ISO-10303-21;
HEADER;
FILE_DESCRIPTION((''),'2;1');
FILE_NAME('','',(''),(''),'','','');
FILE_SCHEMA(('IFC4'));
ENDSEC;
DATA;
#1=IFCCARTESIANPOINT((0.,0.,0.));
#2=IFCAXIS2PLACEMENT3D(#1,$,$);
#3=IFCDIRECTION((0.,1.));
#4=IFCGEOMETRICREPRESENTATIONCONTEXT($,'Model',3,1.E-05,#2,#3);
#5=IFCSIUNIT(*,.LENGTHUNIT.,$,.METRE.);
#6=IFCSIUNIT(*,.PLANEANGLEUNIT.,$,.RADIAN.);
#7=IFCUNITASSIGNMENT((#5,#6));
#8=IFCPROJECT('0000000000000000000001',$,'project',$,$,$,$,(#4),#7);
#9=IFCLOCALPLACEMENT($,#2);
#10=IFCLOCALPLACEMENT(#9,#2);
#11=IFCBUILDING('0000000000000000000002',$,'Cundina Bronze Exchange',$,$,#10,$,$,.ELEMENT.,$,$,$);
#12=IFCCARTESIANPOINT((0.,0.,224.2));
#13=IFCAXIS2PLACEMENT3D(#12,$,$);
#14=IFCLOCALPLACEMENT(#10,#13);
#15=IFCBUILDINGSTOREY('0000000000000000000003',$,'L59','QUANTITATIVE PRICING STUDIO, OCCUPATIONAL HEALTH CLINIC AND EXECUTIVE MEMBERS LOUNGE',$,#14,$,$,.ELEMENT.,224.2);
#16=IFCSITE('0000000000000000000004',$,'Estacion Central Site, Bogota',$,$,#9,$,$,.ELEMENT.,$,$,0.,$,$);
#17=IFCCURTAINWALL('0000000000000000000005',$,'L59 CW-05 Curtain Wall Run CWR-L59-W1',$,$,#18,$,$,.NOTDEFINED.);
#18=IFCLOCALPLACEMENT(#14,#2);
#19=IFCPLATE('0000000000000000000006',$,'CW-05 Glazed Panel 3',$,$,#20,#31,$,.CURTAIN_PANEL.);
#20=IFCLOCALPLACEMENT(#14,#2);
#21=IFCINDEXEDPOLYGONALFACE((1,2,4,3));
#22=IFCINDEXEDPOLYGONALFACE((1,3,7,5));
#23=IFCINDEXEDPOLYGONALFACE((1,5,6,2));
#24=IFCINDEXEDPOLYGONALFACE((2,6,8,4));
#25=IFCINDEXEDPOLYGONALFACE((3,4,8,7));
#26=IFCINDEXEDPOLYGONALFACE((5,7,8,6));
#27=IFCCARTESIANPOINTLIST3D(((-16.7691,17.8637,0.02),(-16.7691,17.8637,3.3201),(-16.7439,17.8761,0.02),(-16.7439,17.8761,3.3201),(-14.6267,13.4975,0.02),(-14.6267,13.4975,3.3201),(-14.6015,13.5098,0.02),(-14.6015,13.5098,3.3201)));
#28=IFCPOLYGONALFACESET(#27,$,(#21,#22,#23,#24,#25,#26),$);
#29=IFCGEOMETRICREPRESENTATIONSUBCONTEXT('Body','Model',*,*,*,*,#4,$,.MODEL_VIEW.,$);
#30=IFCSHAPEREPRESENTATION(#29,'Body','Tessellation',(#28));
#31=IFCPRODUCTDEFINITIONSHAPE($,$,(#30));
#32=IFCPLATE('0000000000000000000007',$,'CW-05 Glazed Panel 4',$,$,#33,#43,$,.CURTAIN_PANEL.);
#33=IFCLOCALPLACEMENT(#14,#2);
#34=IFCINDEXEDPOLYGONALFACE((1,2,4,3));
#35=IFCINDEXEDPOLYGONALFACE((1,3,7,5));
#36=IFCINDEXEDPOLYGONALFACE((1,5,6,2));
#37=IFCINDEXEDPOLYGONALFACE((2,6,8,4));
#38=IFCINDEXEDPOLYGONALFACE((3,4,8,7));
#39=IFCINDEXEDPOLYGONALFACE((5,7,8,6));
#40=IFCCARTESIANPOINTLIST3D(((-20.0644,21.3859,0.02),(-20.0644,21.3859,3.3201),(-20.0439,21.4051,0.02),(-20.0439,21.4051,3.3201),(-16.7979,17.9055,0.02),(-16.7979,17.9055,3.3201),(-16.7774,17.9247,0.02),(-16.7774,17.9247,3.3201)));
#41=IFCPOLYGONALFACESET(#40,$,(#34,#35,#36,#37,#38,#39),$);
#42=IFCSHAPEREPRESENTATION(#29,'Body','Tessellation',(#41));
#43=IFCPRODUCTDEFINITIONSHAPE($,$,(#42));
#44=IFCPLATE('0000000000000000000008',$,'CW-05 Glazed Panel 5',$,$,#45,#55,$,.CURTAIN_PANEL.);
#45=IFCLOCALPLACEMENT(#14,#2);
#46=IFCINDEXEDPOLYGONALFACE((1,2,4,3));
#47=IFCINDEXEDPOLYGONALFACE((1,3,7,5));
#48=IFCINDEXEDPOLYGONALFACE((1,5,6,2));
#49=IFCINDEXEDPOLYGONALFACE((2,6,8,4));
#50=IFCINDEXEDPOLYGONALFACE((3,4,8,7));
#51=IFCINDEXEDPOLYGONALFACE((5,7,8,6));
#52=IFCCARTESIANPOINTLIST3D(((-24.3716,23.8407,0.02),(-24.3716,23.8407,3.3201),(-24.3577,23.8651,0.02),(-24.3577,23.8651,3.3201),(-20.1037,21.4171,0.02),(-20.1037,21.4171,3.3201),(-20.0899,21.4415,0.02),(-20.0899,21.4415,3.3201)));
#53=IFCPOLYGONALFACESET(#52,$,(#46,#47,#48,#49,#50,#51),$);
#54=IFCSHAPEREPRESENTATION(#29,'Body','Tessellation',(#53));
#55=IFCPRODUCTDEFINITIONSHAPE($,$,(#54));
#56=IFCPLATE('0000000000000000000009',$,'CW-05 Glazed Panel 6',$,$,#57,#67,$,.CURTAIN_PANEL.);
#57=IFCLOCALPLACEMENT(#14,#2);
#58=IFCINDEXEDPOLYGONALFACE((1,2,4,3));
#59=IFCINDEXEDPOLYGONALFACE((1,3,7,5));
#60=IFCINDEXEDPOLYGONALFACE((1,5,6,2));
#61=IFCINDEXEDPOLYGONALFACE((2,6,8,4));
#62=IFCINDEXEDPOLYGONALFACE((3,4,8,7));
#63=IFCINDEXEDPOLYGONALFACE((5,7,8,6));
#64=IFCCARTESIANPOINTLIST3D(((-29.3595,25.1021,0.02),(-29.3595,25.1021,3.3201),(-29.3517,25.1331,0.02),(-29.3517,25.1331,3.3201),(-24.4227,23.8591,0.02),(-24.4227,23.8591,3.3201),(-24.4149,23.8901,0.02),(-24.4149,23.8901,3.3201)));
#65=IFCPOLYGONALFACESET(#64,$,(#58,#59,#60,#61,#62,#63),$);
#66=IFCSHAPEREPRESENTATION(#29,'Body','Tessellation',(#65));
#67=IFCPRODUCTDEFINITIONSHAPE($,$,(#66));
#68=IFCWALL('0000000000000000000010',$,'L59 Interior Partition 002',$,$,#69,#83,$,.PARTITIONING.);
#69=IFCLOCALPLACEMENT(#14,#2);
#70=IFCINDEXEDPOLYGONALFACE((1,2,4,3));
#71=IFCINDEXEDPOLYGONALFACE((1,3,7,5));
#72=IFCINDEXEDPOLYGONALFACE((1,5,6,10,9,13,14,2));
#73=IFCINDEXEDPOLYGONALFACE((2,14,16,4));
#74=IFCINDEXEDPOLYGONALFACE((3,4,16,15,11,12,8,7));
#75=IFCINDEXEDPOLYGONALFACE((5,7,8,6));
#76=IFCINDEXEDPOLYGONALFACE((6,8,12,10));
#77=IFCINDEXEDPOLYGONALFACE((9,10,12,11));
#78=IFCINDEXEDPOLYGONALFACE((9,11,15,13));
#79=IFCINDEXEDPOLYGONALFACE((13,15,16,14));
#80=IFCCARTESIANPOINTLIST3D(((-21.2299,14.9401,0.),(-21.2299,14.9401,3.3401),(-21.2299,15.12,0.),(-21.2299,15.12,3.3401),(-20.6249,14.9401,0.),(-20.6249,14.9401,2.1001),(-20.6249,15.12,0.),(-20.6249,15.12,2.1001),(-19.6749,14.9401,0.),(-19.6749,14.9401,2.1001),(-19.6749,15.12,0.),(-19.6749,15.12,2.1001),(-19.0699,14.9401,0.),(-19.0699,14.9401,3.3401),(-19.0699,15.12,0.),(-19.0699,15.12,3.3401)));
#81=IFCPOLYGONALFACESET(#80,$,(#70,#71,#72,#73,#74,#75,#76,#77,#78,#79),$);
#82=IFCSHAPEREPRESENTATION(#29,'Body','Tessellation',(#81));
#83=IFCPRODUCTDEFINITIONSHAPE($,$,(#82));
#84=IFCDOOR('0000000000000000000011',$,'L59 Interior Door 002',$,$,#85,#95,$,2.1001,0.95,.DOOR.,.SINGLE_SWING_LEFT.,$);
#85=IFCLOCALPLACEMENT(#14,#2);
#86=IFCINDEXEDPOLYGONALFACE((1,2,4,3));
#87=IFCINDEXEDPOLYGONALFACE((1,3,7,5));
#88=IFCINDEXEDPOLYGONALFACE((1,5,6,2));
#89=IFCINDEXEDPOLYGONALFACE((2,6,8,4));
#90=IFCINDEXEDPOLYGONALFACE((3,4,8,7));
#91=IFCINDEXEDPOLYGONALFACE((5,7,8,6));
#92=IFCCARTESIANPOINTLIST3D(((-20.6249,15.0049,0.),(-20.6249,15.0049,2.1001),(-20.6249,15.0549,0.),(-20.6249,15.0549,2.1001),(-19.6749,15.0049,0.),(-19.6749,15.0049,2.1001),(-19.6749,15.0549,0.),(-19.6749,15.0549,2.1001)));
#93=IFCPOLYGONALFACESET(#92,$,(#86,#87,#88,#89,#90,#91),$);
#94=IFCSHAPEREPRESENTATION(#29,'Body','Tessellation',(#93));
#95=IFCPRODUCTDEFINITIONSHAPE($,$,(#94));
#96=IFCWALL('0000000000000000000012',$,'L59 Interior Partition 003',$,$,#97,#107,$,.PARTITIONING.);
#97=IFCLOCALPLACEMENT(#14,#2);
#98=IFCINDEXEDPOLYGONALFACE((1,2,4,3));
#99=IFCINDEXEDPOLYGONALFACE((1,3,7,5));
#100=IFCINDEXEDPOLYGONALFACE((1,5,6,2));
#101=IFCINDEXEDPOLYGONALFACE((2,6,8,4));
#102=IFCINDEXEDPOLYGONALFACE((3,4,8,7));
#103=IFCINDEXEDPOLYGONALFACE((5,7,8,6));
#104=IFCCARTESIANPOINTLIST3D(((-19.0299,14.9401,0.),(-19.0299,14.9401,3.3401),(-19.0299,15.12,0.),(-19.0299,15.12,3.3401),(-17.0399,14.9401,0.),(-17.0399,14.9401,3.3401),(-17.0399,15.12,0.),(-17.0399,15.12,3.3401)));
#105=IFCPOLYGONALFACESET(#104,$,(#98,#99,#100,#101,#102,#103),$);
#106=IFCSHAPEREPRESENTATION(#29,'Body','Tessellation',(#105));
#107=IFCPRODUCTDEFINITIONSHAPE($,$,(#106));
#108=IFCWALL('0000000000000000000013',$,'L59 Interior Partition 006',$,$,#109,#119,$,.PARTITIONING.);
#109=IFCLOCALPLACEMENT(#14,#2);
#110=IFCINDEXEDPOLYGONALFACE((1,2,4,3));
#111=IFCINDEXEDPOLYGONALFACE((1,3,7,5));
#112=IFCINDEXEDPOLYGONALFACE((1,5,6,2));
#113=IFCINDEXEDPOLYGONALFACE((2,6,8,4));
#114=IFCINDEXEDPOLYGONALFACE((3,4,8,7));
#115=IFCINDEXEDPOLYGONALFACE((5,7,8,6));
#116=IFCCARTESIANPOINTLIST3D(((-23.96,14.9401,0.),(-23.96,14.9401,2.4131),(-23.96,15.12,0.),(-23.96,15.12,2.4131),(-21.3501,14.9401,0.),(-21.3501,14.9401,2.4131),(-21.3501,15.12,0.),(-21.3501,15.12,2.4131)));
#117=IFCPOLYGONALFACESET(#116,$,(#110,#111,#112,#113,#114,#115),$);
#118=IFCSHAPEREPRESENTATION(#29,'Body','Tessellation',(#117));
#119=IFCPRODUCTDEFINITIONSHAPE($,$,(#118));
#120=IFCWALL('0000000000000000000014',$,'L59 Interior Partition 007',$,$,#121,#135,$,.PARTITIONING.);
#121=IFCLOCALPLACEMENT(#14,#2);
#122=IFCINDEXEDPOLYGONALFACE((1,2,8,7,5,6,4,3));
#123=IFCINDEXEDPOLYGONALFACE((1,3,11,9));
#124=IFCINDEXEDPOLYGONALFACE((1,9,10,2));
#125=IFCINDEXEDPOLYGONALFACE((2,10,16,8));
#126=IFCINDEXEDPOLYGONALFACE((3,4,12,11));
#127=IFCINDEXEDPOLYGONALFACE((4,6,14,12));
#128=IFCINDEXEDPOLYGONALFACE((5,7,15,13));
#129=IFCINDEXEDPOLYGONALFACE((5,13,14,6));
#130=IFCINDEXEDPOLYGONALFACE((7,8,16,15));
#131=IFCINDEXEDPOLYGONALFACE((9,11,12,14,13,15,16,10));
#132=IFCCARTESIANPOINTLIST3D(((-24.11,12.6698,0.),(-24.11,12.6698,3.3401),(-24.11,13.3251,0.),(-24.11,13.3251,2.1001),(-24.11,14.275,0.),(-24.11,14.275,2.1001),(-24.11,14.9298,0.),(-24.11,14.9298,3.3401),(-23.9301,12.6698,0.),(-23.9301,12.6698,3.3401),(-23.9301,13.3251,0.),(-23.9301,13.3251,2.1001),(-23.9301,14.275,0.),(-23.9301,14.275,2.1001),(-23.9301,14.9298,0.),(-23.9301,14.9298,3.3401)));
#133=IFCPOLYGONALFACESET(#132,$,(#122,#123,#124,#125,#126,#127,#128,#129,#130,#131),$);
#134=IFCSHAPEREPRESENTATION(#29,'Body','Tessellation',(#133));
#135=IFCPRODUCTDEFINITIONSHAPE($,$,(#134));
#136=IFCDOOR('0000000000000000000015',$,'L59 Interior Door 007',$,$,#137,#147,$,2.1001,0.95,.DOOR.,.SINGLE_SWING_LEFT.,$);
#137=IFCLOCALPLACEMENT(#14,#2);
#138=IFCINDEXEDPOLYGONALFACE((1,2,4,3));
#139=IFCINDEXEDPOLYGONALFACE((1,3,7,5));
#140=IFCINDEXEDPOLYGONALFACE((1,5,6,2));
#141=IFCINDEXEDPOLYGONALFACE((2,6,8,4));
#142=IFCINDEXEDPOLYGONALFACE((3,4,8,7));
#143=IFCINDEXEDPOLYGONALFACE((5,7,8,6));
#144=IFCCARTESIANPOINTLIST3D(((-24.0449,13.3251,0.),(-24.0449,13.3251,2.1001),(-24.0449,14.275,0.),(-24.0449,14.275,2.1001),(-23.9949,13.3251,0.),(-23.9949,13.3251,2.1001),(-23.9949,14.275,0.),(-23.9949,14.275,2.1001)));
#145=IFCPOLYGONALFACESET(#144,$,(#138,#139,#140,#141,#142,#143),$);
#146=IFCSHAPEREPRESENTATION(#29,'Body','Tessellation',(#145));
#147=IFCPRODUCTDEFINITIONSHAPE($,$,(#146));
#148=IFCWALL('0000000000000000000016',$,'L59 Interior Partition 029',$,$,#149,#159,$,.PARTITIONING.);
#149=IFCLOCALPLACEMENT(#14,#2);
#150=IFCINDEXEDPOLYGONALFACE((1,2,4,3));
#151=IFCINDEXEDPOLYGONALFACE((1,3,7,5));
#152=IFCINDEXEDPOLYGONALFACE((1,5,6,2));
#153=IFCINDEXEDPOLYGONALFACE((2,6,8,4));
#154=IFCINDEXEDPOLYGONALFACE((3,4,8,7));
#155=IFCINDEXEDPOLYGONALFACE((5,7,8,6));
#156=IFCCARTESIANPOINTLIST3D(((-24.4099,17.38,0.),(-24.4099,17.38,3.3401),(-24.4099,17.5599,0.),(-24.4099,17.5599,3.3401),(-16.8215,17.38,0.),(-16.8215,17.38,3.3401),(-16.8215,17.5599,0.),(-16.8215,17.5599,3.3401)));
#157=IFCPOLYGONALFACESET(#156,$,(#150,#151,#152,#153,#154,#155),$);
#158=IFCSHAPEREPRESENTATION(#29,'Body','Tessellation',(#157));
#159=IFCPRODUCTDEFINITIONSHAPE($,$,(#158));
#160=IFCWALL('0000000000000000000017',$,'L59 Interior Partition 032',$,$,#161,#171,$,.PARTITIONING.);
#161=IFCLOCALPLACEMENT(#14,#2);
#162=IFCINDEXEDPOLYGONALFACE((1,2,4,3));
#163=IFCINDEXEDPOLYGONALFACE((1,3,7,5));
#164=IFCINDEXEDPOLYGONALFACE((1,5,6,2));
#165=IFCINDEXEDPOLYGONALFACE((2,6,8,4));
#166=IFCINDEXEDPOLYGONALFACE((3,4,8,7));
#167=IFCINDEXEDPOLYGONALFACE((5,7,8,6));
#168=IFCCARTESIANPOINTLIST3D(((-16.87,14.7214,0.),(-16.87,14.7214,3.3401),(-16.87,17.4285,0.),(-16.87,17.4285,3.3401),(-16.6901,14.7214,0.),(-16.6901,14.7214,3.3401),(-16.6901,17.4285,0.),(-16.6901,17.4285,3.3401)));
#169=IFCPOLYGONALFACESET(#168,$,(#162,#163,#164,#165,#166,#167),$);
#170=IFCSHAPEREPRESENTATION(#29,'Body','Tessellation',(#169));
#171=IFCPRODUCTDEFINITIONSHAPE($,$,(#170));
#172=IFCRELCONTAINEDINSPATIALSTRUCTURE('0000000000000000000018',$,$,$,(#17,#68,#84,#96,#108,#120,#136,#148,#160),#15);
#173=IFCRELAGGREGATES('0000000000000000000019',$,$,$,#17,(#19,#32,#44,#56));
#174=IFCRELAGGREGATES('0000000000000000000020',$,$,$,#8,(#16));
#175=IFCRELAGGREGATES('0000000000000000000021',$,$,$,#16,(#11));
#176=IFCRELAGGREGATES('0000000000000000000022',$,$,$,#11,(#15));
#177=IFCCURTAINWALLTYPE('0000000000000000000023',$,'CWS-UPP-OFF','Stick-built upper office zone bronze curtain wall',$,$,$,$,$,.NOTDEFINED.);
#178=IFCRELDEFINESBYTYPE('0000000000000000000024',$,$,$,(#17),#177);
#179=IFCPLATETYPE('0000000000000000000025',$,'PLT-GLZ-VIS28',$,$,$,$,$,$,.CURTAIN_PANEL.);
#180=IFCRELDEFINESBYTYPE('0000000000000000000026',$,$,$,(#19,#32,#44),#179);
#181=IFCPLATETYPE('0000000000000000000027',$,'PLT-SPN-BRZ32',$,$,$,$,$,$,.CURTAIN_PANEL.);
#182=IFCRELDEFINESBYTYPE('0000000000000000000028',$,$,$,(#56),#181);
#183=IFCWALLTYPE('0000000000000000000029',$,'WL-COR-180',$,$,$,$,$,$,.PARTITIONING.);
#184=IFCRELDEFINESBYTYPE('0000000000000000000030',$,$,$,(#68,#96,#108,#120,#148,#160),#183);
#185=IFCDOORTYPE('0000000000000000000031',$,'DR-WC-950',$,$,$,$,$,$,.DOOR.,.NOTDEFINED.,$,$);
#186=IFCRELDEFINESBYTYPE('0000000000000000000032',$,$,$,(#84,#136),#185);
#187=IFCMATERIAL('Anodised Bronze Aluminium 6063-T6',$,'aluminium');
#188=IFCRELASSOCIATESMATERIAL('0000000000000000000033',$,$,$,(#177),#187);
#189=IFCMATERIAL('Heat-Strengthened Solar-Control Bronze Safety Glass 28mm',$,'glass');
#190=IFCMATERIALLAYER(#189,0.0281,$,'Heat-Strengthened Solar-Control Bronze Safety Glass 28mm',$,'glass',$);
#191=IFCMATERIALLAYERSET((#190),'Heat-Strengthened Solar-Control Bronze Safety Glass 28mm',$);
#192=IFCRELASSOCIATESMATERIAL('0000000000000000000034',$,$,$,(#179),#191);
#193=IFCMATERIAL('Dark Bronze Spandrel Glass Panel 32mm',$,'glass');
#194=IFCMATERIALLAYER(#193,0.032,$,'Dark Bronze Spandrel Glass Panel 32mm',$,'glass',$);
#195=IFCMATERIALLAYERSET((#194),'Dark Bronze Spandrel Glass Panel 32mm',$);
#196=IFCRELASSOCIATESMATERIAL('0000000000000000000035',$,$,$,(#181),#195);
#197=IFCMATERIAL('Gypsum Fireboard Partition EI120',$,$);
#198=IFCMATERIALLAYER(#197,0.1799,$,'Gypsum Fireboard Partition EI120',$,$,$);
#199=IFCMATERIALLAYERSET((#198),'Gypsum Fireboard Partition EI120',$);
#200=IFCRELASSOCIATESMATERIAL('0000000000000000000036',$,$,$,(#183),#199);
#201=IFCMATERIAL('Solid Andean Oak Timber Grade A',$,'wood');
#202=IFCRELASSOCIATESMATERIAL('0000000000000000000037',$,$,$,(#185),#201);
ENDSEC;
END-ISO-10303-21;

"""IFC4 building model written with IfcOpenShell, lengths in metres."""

from ifc_helpers import new_model, si_unit, direction, frame, frame_2d, origin, origin_2d, place, context, subcontext, project, spatial, rectangle, extrude, material, layer, layer_set, type_object, element, fill, aggregate, save


model = new_model("IFC4")

# Units and contexts
model_context = context("Model", 3, precision=1e-05, world=origin(), true_north=direction((0.0, 1.0)))
body_context = subcontext(model_context, "Body", "Model", "MODEL_VIEW")
ifc_project = project(units=[si_unit("LENGTHUNIT", "METRE"), si_unit("PLANEANGLEUNIT", "RADIAN")], contexts=[model_context])

# Site, building, storey
site_placement = place(None, origin())
site = spatial("IfcSite", under=ifc_project, at=site_placement, Name="Estacion Central Site, Bogota", CompositionType="ELEMENT", RefElevation=0.0)
building_placement = place(site_placement, origin())
building = spatial("IfcBuilding", under=site, at=building_placement, Name="Cundina Bronze Exchange", CompositionType="ELEMENT")
storey_placement = place(building_placement, frame((0.0, 0.0, 224.2)))
storey = spatial("IfcBuildingStorey", under=building, at=storey_placement, Name="L59", Description="QUANTITATIVE PRICING STUDIO, OCCUPATIONAL HEALTH CLINIC AND EXECUTIVE MEMBERS LOUNGE", CompositionType="ELEMENT", Elevation=224.2)

# Curtain wall, plates
ifc_material_1 = material(Name="Anodised Bronze Aluminium 6063-T6", Category="aluminium")
curtain_wall_type = type_object("IfcCurtainWallType", Name="CWS-UPP-OFF", Description="Stick-built upper office zone bronze curtain wall", PredefinedType="NOTDEFINED", material=ifc_material_1)
curtain_wall_placement = place(storey_placement, origin())
curtain_wall = element("IfcCurtainWall", 1, at=curtain_wall_placement, inside=storey, type_object=curtain_wall_type, Name="L59 CW-05 Curtain Wall Run CWR-L59-W1", PredefinedType="NOTDEFINED")
ifc_material_2 = material(Name="Heat-Strengthened Solar-Control Bronze Safety Glass 28mm", Category="glass")
ifc_layer_1 = layer(ifc_material_2, 0.0281, Name="Heat-Strengthened Solar-Control Bronze Safety Glass 28mm", Category="glass")
ifc_layer_set_1 = layer_set([ifc_layer_1], Name="Heat-Strengthened Solar-Control Bronze Safety Glass 28mm")
plate_type_1 = type_object("IfcPlateType", Name="PLT-GLZ-VIS28", PredefinedType="CURTAIN_PANEL", material=ifc_layer_set_1)
plate_1_placement = place(storey_placement, frame((-15.6853, 15.6868, 0.02), z_axis=(0.0, 0.0, 1.0), x_axis=(-0.440503, 0.897751, 0.0)))
plate_1 = element("IfcPlate", 2, at=plate_1_placement, type_object=plate_type_1, Name="CW-05 Glazed Panel 3", PredefinedType="CURTAIN_PANEL", context=body_context, shape_type="SweptSolid", body=[
    extrude(rectangle(XDim=4.8635, YDim=0.0281, at=origin_2d()), origin(), (0.0, 0.0, 1.0), 3.3),
])
plate_2_placement = place(storey_placement, frame((-18.4209, 19.6553, 0.02), z_axis=(0.0, 0.0, 1.0), x_axis=(-0.684344, 0.72916, 0.0)))
plate_2 = element("IfcPlate", 3, at=plate_2_placement, type_object=plate_type_1, Name="CW-05 Glazed Panel 4", PredefinedType="CURTAIN_PANEL", context=body_context, shape_type="SweptSolid", body=[
    extrude(rectangle(XDim=4.7732, YDim=0.0281, at=origin_2d()), origin(), (0.0, 0.0, 1.0), 3.3),
])
plate_3_placement = place(storey_placement, frame((-22.2307, 22.6411, 0.02), z_axis=(0.0, 0.0, 1.0), x_axis=(-0.869573, 0.493805, 0.0)))
plate_3 = element("IfcPlate", 4, at=plate_3_placement, type_object=plate_type_1, Name="CW-05 Glazed Panel 5", PredefinedType="CURTAIN_PANEL", context=body_context, shape_type="SweptSolid", body=[
    extrude(rectangle(XDim=4.908, YDim=0.0281, at=origin_2d()), origin(), (0.0, 0.0, 1.0), 3.3),
])
ifc_material_3 = material(Name="Dark Bronze Spandrel Glass Panel 32mm", Category="glass")
ifc_layer_2 = layer(ifc_material_3, 0.032, Name="Dark Bronze Spandrel Glass Panel 32mm", Category="glass")
ifc_layer_set_2 = layer_set([ifc_layer_2], Name="Dark Bronze Spandrel Glass Panel 32mm")
plate_type_2 = type_object("IfcPlateType", Name="PLT-SPN-BRZ32", PredefinedType="CURTAIN_PANEL", material=ifc_layer_set_2)
plate_4_placement = place(storey_placement, frame((-26.8872, 24.4961, 0.02), z_axis=(0.0, 0.0, 1.0), x_axis=(-0.969732, 0.244174, 0.0)))
plate_4 = element("IfcPlate", 5, at=plate_4_placement, type_object=plate_type_2, Name="CW-05 Glazed Panel 6", PredefinedType="CURTAIN_PANEL", context=body_context, shape_type="SweptSolid", body=[
    extrude(rectangle(XDim=5.0908, YDim=0.032, at=origin_2d()), origin(), (0.0, 0.0, 1.0), 3.3),
])
aggregate(curtain_wall, [plate_1, plate_2, plate_3, plate_4])

# Wall, opening, door
ifc_material_4 = material(Name="Gypsum Fireboard Partition EI120")
ifc_layer_3 = layer(ifc_material_4, 0.1799, Name="Gypsum Fireboard Partition EI120")
ifc_layer_set_3 = layer_set([ifc_layer_3], Name="Gypsum Fireboard Partition EI120")
wall_type_1 = type_object("IfcWallType", Name="WL-COR-180", PredefinedType="PARTITIONING", material=ifc_layer_set_3)
wall_1_placement = place(storey_placement, frame((-21.23, 15.03, 0.0), z_axis=(0.0, 0.0, 1.0), x_axis=(1.0, 0.0, 0.0)))
wall_1 = element("IfcWall", 6, at=wall_1_placement, inside=storey, type_object=wall_type_1, Name="L59 Interior Partition 002", PredefinedType="PARTITIONING", context=body_context, shape_type="SweptSolid", body=[
    extrude(rectangle(XDim=2.1599, YDim=0.1799, at=frame_2d((1.0801, 0.0))), origin(), (0.0, 0.0, 1.0), 3.3401),
])
opening_1_placement = place(wall_1_placement, frame((0.605, 0.0, 0.0)))
opening_1 = element("IfcOpeningElement", 7, at=opening_1_placement, cuts=wall_1, PredefinedType="OPENING", context=body_context, shape_type="SweptSolid", body=[
    extrude(rectangle(XDim=0.95, YDim=2.1001, at=frame_2d((0.4751, 1.05))), frame((0.0, 0.0999, 0.0), z_axis=(0.0, -1.0, 0.0), x_axis=(1.0, 0.0, 0.0)), (0.0, 0.0, 1.0), 0.2),
])
ifc_material_5 = material(Name="Solid Andean Oak Timber Grade A", Category="wood")
door_type_1 = type_object("IfcDoorType", Name="DR-WC-950", OperationType="NOTDEFINED", PredefinedType="DOOR", material=ifc_material_5)
door_1_placement = place(opening_1_placement, origin())
door_1 = element("IfcDoor", 8, at=door_1_placement, inside=storey, type_object=door_type_1, Name="L59 Interior Door 002", OperationType="SINGLE_SWING_LEFT", OverallHeight=2.1001, OverallWidth=0.95, PredefinedType="DOOR", context=body_context, shape_type="SweptSolid", body=[
    extrude(rectangle(XDim=0.95, YDim=2.1001, at=frame_2d((0.4751, 1.05))), frame((0.0, 0.0249, 0.0), z_axis=(0.0, -1.0, 0.0), x_axis=(1.0, 0.0, 0.0)), (0.0, 0.0, 1.0), 0.05),
])
fill(opening_1, door_1)

# Walls
wall_2_placement = place(storey_placement, frame((-19.03, 15.03, 0.0), z_axis=(0.0, 0.0, 1.0), x_axis=(1.0, 0.0, 0.0)))
element("IfcWall", 9, at=wall_2_placement, inside=storey, type_object=wall_type_1, Name="L59 Interior Partition 003", PredefinedType="PARTITIONING", context=body_context, shape_type="SweptSolid", body=[
    extrude(rectangle(XDim=1.99, YDim=0.1799, at=frame_2d((0.9951, 0.0))), origin(), (0.0, 0.0, 1.0), 3.3401),
])
wall_3_placement = place(storey_placement, frame((-23.96, 15.03, 0.0), z_axis=(0.0, 0.0, 1.0), x_axis=(1.0, 0.0, 0.0)))
element("IfcWall", 10, at=wall_3_placement, inside=storey, type_object=wall_type_1, Name="L59 Interior Partition 006", PredefinedType="PARTITIONING", context=body_context, shape_type="SweptSolid", body=[
    extrude(rectangle(XDim=2.6099, YDim=0.1799, at=frame_2d((1.3049, 0.0))), origin(), (0.0, 0.0, 1.0), 2.4131),
])

# Wall, opening, door
wall_4_placement = place(storey_placement, frame((-24.02, 12.6699, 0.0), z_axis=(0.0, 0.0, 1.0), x_axis=(0.0, 1.0, 0.0)))
wall_4 = element("IfcWall", 11, at=wall_4_placement, inside=storey, type_object=wall_type_1, Name="L59 Interior Partition 007", PredefinedType="PARTITIONING", context=body_context, shape_type="SweptSolid", body=[
    extrude(rectangle(XDim=2.26, YDim=0.1799, at=frame_2d((1.1299, 0.0))), origin(), (0.0, 0.0, 1.0), 3.3401),
])
opening_2_placement = place(wall_4_placement, frame((0.655, 0.0, 0.0)))
opening_2 = element("IfcOpeningElement", 12, at=opening_2_placement, cuts=wall_4, PredefinedType="OPENING", context=body_context, shape_type="SweptSolid", body=[
    extrude(rectangle(XDim=0.95, YDim=2.1001, at=frame_2d((0.4751, 1.05))), frame((0.0, 0.0999, 0.0), z_axis=(0.0, -1.0, 0.0), x_axis=(1.0, 0.0, 0.0)), (0.0, 0.0, 1.0), 0.2),
])
door_2_placement = place(opening_2_placement, origin())
door_2 = element("IfcDoor", 13, at=door_2_placement, inside=storey, type_object=door_type_1, Name="L59 Interior Door 007", OperationType="SINGLE_SWING_LEFT", OverallHeight=2.1001, OverallWidth=0.95, PredefinedType="DOOR", context=body_context, shape_type="SweptSolid", body=[
    extrude(rectangle(XDim=0.95, YDim=2.1001, at=frame_2d((0.4751, 1.05))), frame((0.0, 0.0249, 0.0), z_axis=(0.0, -1.0, 0.0), x_axis=(1.0, 0.0, 0.0)), (0.0, 0.0, 1.0), 0.05),
])
fill(opening_2, door_2)

# Walls
wall_5_placement = place(storey_placement, frame((-16.8215, 17.47, 0.0), z_axis=(0.0, 0.0, 1.0), x_axis=(-1.0, 0.0, 0.0)))
element("IfcWall", 14, at=wall_5_placement, inside=storey, type_object=wall_type_1, Name="L59 Interior Partition 029", PredefinedType="PARTITIONING", context=body_context, shape_type="SweptSolid", body=[
    extrude(rectangle(XDim=7.5884, YDim=0.1799, at=frame_2d((3.7942, 0.0))), origin(), (0.0, 0.0, 1.0), 3.3401),
])
wall_6_placement = place(storey_placement, frame((-16.78, 14.7214, 0.0), z_axis=(0.0, 0.0, 1.0), x_axis=(0.0, 1.0, 0.0)))
element("IfcWall", 15, at=wall_6_placement, inside=storey, type_object=wall_type_1, Name="L59 Interior Partition 032", PredefinedType="PARTITIONING", context=body_context, shape_type="SweptSolid", body=[
    extrude(rectangle(XDim=2.707, YDim=0.1799, at=frame_2d((1.3535, 0.0))), origin(), (0.0, 0.0, 1.0), 3.3401),
])

save(model, "model.ifc")
